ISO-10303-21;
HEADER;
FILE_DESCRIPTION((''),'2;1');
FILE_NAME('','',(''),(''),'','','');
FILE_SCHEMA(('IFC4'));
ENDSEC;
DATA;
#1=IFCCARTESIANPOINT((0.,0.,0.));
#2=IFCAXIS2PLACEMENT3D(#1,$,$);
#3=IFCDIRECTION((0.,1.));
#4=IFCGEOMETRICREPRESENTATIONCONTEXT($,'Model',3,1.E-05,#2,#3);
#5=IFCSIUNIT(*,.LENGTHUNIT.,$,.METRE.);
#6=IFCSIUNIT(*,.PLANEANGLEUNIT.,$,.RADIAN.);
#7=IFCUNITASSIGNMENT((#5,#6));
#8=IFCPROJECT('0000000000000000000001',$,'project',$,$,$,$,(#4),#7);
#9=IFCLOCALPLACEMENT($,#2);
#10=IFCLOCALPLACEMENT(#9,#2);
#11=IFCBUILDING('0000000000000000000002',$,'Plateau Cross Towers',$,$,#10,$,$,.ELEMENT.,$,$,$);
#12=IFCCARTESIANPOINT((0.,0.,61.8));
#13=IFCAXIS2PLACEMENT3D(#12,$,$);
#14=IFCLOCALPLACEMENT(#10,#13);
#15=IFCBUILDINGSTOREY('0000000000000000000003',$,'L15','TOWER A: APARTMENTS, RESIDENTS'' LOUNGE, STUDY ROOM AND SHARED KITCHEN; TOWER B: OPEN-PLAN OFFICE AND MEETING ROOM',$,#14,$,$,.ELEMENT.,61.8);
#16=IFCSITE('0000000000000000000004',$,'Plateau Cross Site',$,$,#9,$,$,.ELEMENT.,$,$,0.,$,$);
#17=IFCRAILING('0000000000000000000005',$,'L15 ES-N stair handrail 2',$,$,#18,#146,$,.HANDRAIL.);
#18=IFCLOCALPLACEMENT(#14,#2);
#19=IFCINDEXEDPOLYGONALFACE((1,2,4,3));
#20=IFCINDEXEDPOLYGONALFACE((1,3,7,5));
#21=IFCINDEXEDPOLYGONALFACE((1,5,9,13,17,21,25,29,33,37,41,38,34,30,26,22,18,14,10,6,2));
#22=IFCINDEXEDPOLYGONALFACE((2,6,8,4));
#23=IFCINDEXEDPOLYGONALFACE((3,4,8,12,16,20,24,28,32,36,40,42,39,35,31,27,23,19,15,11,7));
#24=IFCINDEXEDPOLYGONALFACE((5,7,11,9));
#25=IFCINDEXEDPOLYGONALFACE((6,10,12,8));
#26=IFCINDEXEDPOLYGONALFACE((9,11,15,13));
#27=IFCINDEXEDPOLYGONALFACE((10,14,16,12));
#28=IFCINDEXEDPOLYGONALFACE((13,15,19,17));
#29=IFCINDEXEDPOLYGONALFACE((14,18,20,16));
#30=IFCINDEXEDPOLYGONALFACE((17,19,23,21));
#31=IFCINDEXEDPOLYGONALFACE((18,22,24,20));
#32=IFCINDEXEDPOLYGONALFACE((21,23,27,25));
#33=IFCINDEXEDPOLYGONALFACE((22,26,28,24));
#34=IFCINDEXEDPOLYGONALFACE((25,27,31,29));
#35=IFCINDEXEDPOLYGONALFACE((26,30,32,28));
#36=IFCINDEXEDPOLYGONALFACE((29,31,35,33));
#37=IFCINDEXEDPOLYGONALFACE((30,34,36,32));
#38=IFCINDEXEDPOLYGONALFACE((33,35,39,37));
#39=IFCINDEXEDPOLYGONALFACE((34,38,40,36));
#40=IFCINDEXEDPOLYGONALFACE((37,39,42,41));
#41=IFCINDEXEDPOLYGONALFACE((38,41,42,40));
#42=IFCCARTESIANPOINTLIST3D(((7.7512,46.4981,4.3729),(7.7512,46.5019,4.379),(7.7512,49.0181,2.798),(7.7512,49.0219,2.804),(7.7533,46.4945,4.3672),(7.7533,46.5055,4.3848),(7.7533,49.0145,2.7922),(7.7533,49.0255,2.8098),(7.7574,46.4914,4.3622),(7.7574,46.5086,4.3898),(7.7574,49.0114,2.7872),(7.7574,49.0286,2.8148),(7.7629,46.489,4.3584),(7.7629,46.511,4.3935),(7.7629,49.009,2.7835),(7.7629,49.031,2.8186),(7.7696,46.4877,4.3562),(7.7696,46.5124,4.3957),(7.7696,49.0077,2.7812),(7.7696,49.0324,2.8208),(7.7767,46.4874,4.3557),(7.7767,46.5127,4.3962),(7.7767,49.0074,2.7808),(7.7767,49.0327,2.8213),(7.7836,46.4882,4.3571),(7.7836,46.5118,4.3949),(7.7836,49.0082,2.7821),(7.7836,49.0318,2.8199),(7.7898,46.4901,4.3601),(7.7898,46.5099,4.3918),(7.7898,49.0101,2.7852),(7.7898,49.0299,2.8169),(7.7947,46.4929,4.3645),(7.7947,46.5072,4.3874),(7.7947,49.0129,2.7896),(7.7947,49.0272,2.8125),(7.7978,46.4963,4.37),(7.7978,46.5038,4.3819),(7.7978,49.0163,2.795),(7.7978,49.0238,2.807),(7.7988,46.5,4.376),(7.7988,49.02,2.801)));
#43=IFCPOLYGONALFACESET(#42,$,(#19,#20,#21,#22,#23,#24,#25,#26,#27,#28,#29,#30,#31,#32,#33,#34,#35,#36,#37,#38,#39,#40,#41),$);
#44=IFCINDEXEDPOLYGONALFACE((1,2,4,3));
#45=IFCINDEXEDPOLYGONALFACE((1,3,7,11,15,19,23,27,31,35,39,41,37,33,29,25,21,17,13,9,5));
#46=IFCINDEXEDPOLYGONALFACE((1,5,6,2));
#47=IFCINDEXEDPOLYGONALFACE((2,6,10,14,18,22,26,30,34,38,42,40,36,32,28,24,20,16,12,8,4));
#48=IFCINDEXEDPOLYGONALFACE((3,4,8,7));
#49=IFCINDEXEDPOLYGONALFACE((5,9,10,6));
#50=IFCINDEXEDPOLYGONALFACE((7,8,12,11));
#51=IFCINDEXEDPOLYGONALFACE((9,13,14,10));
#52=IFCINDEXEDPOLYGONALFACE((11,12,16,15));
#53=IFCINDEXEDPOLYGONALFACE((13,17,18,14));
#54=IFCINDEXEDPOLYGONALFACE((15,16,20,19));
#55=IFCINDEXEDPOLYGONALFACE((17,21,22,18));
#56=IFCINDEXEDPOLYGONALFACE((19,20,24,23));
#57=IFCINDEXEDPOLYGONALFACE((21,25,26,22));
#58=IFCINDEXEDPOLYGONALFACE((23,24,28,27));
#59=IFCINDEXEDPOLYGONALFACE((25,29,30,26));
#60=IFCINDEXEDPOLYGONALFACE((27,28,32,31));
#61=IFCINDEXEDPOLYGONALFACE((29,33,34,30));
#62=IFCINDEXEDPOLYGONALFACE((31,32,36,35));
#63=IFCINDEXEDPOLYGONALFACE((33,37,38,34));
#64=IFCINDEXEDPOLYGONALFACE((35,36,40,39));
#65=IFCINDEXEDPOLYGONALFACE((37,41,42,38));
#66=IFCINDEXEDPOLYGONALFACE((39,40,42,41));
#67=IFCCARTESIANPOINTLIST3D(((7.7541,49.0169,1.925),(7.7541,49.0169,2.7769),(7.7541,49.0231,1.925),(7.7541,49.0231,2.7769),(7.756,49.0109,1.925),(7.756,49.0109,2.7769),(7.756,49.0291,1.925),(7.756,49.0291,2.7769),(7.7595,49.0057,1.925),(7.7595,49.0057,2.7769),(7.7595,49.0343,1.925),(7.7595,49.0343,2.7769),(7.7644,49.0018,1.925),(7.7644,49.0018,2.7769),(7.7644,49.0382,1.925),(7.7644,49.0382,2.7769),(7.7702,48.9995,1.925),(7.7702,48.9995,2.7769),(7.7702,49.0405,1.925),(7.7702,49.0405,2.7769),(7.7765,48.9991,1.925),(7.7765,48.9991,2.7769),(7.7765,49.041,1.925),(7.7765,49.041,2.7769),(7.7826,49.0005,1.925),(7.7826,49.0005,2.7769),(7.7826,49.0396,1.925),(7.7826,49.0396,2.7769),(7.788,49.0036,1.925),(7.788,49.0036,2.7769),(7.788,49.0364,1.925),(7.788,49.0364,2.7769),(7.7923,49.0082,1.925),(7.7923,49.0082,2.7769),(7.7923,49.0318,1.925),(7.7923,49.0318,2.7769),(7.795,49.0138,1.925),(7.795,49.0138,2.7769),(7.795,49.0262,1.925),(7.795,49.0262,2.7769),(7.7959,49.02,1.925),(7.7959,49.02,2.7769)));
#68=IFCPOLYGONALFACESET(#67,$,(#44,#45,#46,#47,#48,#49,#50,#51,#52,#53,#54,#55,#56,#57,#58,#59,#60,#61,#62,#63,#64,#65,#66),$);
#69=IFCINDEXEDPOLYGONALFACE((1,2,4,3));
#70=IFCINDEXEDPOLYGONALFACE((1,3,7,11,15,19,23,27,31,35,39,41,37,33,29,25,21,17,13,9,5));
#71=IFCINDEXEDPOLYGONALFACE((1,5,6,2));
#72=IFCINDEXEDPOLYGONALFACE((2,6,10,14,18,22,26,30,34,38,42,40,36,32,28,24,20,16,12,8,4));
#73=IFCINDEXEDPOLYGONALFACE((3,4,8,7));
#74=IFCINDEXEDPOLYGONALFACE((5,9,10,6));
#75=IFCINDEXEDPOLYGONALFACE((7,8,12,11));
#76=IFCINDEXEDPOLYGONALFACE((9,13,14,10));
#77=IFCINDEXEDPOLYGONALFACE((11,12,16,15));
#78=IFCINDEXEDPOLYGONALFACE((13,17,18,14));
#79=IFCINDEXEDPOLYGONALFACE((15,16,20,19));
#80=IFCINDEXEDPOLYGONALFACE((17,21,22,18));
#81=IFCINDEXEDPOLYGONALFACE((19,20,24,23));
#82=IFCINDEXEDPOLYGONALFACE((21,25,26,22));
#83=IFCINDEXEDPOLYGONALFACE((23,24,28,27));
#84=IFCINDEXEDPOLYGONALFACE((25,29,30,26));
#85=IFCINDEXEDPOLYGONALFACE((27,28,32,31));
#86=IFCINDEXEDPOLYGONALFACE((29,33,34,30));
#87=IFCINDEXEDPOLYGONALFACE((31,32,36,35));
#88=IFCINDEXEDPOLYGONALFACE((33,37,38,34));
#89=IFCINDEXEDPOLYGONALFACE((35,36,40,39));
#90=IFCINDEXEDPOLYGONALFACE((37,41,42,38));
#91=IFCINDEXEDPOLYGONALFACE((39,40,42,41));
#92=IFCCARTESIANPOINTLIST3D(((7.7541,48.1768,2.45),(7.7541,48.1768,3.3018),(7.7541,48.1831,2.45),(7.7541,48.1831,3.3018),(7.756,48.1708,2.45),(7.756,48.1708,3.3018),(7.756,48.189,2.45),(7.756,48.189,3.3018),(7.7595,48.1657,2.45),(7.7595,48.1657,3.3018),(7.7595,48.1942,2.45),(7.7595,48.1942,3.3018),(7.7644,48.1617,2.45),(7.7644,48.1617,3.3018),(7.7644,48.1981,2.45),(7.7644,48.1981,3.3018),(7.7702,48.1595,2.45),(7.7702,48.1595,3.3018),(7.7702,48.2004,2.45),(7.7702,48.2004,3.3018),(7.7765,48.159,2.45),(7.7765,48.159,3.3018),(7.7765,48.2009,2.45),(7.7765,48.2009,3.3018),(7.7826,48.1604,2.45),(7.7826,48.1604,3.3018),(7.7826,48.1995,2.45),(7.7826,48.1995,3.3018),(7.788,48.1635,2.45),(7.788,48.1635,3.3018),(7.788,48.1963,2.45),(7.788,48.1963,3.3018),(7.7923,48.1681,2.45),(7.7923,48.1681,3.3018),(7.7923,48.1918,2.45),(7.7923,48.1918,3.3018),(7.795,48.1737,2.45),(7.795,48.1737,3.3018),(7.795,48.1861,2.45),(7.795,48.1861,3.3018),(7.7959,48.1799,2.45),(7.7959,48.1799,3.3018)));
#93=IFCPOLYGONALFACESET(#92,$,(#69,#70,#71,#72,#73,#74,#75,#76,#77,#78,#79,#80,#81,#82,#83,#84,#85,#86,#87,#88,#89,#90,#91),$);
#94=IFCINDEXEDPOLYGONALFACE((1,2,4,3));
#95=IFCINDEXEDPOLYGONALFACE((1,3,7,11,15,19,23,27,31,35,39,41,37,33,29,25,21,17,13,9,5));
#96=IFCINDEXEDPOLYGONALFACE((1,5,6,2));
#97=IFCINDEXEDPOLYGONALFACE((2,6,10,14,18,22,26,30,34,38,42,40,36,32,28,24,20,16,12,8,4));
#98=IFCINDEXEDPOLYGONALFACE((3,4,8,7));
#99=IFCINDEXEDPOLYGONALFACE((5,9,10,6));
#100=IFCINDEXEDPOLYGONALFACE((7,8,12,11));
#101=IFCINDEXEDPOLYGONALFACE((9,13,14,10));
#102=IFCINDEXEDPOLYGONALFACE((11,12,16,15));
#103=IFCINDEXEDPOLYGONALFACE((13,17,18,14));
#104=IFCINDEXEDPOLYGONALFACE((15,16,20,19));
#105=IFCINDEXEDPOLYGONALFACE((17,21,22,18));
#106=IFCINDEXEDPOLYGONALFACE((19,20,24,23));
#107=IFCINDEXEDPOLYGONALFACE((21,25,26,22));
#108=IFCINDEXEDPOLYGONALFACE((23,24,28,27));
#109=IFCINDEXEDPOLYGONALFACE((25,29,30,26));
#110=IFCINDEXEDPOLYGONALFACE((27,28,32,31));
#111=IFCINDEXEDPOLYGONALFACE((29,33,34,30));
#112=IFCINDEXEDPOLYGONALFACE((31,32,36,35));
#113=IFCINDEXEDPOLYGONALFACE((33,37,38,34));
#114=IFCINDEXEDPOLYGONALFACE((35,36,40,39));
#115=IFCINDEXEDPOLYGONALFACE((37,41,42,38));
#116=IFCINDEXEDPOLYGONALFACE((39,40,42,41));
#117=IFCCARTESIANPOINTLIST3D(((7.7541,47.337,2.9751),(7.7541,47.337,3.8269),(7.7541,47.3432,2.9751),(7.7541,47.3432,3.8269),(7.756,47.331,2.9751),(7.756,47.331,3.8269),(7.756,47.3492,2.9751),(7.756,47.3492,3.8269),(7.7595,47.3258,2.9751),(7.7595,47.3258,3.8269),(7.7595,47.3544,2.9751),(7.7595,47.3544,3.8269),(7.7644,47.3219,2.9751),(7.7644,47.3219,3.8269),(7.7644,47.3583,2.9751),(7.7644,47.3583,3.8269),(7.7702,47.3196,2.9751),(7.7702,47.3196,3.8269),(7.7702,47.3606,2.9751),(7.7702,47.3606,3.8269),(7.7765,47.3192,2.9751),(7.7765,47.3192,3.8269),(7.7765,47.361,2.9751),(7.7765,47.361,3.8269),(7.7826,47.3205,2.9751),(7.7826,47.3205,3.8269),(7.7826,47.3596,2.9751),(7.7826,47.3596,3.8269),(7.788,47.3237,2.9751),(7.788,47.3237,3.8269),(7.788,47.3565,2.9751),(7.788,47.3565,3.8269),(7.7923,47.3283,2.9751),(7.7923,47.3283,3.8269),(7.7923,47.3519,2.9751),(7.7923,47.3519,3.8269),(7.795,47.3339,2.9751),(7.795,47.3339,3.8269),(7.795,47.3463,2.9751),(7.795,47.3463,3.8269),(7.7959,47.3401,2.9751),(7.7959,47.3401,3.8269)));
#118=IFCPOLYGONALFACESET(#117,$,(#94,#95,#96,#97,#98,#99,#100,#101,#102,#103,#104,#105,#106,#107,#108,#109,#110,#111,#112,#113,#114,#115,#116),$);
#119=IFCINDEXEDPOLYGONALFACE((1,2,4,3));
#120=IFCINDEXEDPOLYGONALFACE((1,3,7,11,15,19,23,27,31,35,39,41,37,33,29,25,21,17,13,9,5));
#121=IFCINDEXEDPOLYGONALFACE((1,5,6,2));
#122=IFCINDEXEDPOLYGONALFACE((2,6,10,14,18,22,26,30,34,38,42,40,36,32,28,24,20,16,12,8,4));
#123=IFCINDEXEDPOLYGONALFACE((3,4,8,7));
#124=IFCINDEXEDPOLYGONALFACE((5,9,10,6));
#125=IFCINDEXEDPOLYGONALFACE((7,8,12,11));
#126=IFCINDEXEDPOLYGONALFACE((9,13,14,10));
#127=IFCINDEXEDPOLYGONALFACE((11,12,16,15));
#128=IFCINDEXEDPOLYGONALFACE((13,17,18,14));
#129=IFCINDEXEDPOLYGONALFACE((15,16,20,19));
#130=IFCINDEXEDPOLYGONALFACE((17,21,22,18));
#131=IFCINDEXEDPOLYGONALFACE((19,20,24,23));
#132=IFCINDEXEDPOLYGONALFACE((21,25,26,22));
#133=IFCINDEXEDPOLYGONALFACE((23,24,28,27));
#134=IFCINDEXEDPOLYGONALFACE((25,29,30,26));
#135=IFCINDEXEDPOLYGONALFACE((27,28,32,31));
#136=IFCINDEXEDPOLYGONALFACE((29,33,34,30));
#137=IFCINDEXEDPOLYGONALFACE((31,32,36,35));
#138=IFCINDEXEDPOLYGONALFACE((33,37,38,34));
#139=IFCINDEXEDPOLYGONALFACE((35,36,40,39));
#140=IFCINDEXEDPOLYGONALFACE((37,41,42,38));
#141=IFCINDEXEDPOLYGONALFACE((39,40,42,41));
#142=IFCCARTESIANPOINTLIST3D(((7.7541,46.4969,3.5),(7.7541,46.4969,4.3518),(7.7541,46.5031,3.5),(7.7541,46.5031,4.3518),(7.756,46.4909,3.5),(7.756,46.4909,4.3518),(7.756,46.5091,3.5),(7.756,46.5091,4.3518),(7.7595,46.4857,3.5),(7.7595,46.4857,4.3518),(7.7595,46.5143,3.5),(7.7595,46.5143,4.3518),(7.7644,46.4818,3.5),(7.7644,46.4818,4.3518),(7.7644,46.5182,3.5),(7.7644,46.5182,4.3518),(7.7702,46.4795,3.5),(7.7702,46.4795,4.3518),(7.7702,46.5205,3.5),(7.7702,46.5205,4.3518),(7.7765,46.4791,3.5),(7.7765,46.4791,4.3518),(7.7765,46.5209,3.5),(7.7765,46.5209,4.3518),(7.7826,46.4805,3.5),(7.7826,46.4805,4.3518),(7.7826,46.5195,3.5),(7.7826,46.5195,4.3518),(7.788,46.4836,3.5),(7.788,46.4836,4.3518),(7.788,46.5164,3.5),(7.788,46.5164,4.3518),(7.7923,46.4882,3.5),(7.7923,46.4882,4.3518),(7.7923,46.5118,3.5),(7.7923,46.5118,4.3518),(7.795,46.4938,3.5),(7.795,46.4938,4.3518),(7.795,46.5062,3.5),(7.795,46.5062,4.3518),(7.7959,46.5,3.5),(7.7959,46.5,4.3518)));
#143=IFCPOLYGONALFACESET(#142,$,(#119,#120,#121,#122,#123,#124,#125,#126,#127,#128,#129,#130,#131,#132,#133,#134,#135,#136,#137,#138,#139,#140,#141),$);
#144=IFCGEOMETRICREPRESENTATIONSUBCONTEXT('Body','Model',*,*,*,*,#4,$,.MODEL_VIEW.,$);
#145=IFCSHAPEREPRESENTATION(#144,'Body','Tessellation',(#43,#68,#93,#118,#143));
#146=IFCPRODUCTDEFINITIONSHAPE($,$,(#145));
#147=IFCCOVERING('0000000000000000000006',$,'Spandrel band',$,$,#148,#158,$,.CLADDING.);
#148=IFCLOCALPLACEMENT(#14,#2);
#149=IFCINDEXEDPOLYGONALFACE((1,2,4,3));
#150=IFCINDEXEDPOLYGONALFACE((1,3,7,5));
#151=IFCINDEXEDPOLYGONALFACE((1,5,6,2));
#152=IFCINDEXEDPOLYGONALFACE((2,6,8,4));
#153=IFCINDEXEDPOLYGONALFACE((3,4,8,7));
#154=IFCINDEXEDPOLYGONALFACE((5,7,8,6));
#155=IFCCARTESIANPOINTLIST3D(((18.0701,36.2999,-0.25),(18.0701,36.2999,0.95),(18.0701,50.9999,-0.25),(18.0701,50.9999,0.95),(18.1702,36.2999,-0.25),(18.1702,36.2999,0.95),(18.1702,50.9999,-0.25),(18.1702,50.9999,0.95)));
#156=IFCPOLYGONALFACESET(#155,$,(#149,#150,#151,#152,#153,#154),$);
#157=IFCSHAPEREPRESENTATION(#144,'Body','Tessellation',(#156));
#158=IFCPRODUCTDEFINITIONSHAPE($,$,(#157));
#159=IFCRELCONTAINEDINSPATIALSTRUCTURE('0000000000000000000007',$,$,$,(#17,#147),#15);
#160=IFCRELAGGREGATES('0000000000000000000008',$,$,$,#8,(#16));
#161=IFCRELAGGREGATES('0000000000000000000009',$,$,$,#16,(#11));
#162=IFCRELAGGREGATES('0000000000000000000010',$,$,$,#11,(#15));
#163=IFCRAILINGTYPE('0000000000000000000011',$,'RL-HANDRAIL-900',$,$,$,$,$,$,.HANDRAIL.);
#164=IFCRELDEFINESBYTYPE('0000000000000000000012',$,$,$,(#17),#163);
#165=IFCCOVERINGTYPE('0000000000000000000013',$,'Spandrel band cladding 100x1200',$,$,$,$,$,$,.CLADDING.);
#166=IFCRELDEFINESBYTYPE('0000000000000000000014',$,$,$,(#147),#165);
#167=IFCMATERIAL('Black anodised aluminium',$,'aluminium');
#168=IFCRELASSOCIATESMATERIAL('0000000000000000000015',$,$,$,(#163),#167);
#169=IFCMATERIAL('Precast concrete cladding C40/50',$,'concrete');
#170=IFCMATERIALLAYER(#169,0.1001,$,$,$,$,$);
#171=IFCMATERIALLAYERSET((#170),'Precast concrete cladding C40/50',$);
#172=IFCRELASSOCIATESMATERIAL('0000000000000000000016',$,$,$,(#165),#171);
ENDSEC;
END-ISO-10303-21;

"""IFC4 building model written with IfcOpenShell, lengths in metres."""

from ifc_helpers import new_model, si_unit, direction, frame, origin, origin_2d, place, context, subcontext, project, spatial, rectangle, circle, extrude, material, layer, layer_set, type_object, element, save


model = new_model("IFC4")

# Units and contexts
model_context = context("Model", 3, precision=1e-05, world=origin(), true_north=direction((0.0, 1.0)))
body_context = subcontext(model_context, "Body", "Model", "MODEL_VIEW")
ifc_project = project(units=[si_unit("LENGTHUNIT", "METRE"), si_unit("PLANEANGLEUNIT", "RADIAN")], contexts=[model_context])

# Site, building, storey
site_placement = place(None, origin())
site = spatial("IfcSite", under=ifc_project, at=site_placement, Name="Plateau Cross Site", CompositionType="ELEMENT", RefElevation=0.0)
building_placement = place(site_placement, origin())
building = spatial("IfcBuilding", under=site, at=building_placement, Name="Plateau Cross Towers", CompositionType="ELEMENT")
storey_placement = place(building_placement, frame((0.0, 0.0, 61.8)))
storey = spatial("IfcBuildingStorey", under=building, at=storey_placement, Name="L15", Description="TOWER A: APARTMENTS, RESIDENTS' LOUNGE, STUDY ROOM AND SHARED KITCHEN; TOWER B: OPEN-PLAN OFFICE AND MEETING ROOM", CompositionType="ELEMENT", Elevation=61.8)

# Shared definitions
ifc_material_1 = material(Name="Black anodised aluminium", Category="aluminium")

# Railing
railing_type_1 = type_object("IfcRailingType", Name="RL-HANDRAIL-900", PredefinedType="HANDRAIL", material=ifc_material_1)
railing_1_placement = place(storey_placement, frame((7.7749, 49.02, 1.925)))
element("IfcRailing", 1, at=railing_1_placement, inside=storey, type_object=railing_type_1, Name="L15 ES-N stair handrail 2", PredefinedType="HANDRAIL", context=body_context, shape_type="SweptSolid", body=[
    extrude(circle(Radius=0.0239, at=origin_2d()), frame((0.0, 0.0, 0.876), z_axis=(0.0, -0.848008, 0.529984), x_axis=(1.0, 0.0, 0.0)), (0.0, 0.0, 1.0), 2.9717),
    extrude(circle(Radius=0.021, at=origin_2d()), origin(), (0.0, 0.0, 1.0), 0.8518),
    extrude(circle(Radius=0.021, at=origin_2d()), frame((0.0, -0.8401, 0.5249)), (0.0, 0.0, 1.0), 0.8518),
    extrude(circle(Radius=0.021, at=origin_2d()), frame((0.0, -1.6799, 1.05)), (0.0, 0.0, 1.0), 0.8518),
    extrude(circle(Radius=0.021, at=origin_2d()), frame((0.0, -2.52, 1.575)), (0.0, 0.0, 1.0), 0.8518),
])

# Covering
ifc_material_2 = material(Name="Precast concrete cladding C40/50", Category="concrete")
ifc_layer_1 = layer(ifc_material_2, 0.1001)
ifc_layer_set_1 = layer_set([ifc_layer_1], Name="Precast concrete cladding C40/50")
covering_type = type_object("IfcCoveringType", Name="Spandrel band cladding 100x1200", PredefinedType="CLADDING", material=ifc_layer_set_1)
covering_placement = place(storey_placement, frame((18.1201, 43.6499, -0.25), z_axis=(0.0, 0.0, 1.0), x_axis=(0.0, 1.0, 0.0)))
element("IfcCovering", 2, at=covering_placement, inside=storey, type_object=covering_type, Name="Spandrel band", PredefinedType="CLADDING", context=body_context, shape_type="SweptSolid", body=[
    extrude(rectangle(XDim=14.7, YDim=0.1001, at=origin_2d()), origin(), (0.0, 0.0, 1.0), 1.2),
])

save(model, "model.ifc")
